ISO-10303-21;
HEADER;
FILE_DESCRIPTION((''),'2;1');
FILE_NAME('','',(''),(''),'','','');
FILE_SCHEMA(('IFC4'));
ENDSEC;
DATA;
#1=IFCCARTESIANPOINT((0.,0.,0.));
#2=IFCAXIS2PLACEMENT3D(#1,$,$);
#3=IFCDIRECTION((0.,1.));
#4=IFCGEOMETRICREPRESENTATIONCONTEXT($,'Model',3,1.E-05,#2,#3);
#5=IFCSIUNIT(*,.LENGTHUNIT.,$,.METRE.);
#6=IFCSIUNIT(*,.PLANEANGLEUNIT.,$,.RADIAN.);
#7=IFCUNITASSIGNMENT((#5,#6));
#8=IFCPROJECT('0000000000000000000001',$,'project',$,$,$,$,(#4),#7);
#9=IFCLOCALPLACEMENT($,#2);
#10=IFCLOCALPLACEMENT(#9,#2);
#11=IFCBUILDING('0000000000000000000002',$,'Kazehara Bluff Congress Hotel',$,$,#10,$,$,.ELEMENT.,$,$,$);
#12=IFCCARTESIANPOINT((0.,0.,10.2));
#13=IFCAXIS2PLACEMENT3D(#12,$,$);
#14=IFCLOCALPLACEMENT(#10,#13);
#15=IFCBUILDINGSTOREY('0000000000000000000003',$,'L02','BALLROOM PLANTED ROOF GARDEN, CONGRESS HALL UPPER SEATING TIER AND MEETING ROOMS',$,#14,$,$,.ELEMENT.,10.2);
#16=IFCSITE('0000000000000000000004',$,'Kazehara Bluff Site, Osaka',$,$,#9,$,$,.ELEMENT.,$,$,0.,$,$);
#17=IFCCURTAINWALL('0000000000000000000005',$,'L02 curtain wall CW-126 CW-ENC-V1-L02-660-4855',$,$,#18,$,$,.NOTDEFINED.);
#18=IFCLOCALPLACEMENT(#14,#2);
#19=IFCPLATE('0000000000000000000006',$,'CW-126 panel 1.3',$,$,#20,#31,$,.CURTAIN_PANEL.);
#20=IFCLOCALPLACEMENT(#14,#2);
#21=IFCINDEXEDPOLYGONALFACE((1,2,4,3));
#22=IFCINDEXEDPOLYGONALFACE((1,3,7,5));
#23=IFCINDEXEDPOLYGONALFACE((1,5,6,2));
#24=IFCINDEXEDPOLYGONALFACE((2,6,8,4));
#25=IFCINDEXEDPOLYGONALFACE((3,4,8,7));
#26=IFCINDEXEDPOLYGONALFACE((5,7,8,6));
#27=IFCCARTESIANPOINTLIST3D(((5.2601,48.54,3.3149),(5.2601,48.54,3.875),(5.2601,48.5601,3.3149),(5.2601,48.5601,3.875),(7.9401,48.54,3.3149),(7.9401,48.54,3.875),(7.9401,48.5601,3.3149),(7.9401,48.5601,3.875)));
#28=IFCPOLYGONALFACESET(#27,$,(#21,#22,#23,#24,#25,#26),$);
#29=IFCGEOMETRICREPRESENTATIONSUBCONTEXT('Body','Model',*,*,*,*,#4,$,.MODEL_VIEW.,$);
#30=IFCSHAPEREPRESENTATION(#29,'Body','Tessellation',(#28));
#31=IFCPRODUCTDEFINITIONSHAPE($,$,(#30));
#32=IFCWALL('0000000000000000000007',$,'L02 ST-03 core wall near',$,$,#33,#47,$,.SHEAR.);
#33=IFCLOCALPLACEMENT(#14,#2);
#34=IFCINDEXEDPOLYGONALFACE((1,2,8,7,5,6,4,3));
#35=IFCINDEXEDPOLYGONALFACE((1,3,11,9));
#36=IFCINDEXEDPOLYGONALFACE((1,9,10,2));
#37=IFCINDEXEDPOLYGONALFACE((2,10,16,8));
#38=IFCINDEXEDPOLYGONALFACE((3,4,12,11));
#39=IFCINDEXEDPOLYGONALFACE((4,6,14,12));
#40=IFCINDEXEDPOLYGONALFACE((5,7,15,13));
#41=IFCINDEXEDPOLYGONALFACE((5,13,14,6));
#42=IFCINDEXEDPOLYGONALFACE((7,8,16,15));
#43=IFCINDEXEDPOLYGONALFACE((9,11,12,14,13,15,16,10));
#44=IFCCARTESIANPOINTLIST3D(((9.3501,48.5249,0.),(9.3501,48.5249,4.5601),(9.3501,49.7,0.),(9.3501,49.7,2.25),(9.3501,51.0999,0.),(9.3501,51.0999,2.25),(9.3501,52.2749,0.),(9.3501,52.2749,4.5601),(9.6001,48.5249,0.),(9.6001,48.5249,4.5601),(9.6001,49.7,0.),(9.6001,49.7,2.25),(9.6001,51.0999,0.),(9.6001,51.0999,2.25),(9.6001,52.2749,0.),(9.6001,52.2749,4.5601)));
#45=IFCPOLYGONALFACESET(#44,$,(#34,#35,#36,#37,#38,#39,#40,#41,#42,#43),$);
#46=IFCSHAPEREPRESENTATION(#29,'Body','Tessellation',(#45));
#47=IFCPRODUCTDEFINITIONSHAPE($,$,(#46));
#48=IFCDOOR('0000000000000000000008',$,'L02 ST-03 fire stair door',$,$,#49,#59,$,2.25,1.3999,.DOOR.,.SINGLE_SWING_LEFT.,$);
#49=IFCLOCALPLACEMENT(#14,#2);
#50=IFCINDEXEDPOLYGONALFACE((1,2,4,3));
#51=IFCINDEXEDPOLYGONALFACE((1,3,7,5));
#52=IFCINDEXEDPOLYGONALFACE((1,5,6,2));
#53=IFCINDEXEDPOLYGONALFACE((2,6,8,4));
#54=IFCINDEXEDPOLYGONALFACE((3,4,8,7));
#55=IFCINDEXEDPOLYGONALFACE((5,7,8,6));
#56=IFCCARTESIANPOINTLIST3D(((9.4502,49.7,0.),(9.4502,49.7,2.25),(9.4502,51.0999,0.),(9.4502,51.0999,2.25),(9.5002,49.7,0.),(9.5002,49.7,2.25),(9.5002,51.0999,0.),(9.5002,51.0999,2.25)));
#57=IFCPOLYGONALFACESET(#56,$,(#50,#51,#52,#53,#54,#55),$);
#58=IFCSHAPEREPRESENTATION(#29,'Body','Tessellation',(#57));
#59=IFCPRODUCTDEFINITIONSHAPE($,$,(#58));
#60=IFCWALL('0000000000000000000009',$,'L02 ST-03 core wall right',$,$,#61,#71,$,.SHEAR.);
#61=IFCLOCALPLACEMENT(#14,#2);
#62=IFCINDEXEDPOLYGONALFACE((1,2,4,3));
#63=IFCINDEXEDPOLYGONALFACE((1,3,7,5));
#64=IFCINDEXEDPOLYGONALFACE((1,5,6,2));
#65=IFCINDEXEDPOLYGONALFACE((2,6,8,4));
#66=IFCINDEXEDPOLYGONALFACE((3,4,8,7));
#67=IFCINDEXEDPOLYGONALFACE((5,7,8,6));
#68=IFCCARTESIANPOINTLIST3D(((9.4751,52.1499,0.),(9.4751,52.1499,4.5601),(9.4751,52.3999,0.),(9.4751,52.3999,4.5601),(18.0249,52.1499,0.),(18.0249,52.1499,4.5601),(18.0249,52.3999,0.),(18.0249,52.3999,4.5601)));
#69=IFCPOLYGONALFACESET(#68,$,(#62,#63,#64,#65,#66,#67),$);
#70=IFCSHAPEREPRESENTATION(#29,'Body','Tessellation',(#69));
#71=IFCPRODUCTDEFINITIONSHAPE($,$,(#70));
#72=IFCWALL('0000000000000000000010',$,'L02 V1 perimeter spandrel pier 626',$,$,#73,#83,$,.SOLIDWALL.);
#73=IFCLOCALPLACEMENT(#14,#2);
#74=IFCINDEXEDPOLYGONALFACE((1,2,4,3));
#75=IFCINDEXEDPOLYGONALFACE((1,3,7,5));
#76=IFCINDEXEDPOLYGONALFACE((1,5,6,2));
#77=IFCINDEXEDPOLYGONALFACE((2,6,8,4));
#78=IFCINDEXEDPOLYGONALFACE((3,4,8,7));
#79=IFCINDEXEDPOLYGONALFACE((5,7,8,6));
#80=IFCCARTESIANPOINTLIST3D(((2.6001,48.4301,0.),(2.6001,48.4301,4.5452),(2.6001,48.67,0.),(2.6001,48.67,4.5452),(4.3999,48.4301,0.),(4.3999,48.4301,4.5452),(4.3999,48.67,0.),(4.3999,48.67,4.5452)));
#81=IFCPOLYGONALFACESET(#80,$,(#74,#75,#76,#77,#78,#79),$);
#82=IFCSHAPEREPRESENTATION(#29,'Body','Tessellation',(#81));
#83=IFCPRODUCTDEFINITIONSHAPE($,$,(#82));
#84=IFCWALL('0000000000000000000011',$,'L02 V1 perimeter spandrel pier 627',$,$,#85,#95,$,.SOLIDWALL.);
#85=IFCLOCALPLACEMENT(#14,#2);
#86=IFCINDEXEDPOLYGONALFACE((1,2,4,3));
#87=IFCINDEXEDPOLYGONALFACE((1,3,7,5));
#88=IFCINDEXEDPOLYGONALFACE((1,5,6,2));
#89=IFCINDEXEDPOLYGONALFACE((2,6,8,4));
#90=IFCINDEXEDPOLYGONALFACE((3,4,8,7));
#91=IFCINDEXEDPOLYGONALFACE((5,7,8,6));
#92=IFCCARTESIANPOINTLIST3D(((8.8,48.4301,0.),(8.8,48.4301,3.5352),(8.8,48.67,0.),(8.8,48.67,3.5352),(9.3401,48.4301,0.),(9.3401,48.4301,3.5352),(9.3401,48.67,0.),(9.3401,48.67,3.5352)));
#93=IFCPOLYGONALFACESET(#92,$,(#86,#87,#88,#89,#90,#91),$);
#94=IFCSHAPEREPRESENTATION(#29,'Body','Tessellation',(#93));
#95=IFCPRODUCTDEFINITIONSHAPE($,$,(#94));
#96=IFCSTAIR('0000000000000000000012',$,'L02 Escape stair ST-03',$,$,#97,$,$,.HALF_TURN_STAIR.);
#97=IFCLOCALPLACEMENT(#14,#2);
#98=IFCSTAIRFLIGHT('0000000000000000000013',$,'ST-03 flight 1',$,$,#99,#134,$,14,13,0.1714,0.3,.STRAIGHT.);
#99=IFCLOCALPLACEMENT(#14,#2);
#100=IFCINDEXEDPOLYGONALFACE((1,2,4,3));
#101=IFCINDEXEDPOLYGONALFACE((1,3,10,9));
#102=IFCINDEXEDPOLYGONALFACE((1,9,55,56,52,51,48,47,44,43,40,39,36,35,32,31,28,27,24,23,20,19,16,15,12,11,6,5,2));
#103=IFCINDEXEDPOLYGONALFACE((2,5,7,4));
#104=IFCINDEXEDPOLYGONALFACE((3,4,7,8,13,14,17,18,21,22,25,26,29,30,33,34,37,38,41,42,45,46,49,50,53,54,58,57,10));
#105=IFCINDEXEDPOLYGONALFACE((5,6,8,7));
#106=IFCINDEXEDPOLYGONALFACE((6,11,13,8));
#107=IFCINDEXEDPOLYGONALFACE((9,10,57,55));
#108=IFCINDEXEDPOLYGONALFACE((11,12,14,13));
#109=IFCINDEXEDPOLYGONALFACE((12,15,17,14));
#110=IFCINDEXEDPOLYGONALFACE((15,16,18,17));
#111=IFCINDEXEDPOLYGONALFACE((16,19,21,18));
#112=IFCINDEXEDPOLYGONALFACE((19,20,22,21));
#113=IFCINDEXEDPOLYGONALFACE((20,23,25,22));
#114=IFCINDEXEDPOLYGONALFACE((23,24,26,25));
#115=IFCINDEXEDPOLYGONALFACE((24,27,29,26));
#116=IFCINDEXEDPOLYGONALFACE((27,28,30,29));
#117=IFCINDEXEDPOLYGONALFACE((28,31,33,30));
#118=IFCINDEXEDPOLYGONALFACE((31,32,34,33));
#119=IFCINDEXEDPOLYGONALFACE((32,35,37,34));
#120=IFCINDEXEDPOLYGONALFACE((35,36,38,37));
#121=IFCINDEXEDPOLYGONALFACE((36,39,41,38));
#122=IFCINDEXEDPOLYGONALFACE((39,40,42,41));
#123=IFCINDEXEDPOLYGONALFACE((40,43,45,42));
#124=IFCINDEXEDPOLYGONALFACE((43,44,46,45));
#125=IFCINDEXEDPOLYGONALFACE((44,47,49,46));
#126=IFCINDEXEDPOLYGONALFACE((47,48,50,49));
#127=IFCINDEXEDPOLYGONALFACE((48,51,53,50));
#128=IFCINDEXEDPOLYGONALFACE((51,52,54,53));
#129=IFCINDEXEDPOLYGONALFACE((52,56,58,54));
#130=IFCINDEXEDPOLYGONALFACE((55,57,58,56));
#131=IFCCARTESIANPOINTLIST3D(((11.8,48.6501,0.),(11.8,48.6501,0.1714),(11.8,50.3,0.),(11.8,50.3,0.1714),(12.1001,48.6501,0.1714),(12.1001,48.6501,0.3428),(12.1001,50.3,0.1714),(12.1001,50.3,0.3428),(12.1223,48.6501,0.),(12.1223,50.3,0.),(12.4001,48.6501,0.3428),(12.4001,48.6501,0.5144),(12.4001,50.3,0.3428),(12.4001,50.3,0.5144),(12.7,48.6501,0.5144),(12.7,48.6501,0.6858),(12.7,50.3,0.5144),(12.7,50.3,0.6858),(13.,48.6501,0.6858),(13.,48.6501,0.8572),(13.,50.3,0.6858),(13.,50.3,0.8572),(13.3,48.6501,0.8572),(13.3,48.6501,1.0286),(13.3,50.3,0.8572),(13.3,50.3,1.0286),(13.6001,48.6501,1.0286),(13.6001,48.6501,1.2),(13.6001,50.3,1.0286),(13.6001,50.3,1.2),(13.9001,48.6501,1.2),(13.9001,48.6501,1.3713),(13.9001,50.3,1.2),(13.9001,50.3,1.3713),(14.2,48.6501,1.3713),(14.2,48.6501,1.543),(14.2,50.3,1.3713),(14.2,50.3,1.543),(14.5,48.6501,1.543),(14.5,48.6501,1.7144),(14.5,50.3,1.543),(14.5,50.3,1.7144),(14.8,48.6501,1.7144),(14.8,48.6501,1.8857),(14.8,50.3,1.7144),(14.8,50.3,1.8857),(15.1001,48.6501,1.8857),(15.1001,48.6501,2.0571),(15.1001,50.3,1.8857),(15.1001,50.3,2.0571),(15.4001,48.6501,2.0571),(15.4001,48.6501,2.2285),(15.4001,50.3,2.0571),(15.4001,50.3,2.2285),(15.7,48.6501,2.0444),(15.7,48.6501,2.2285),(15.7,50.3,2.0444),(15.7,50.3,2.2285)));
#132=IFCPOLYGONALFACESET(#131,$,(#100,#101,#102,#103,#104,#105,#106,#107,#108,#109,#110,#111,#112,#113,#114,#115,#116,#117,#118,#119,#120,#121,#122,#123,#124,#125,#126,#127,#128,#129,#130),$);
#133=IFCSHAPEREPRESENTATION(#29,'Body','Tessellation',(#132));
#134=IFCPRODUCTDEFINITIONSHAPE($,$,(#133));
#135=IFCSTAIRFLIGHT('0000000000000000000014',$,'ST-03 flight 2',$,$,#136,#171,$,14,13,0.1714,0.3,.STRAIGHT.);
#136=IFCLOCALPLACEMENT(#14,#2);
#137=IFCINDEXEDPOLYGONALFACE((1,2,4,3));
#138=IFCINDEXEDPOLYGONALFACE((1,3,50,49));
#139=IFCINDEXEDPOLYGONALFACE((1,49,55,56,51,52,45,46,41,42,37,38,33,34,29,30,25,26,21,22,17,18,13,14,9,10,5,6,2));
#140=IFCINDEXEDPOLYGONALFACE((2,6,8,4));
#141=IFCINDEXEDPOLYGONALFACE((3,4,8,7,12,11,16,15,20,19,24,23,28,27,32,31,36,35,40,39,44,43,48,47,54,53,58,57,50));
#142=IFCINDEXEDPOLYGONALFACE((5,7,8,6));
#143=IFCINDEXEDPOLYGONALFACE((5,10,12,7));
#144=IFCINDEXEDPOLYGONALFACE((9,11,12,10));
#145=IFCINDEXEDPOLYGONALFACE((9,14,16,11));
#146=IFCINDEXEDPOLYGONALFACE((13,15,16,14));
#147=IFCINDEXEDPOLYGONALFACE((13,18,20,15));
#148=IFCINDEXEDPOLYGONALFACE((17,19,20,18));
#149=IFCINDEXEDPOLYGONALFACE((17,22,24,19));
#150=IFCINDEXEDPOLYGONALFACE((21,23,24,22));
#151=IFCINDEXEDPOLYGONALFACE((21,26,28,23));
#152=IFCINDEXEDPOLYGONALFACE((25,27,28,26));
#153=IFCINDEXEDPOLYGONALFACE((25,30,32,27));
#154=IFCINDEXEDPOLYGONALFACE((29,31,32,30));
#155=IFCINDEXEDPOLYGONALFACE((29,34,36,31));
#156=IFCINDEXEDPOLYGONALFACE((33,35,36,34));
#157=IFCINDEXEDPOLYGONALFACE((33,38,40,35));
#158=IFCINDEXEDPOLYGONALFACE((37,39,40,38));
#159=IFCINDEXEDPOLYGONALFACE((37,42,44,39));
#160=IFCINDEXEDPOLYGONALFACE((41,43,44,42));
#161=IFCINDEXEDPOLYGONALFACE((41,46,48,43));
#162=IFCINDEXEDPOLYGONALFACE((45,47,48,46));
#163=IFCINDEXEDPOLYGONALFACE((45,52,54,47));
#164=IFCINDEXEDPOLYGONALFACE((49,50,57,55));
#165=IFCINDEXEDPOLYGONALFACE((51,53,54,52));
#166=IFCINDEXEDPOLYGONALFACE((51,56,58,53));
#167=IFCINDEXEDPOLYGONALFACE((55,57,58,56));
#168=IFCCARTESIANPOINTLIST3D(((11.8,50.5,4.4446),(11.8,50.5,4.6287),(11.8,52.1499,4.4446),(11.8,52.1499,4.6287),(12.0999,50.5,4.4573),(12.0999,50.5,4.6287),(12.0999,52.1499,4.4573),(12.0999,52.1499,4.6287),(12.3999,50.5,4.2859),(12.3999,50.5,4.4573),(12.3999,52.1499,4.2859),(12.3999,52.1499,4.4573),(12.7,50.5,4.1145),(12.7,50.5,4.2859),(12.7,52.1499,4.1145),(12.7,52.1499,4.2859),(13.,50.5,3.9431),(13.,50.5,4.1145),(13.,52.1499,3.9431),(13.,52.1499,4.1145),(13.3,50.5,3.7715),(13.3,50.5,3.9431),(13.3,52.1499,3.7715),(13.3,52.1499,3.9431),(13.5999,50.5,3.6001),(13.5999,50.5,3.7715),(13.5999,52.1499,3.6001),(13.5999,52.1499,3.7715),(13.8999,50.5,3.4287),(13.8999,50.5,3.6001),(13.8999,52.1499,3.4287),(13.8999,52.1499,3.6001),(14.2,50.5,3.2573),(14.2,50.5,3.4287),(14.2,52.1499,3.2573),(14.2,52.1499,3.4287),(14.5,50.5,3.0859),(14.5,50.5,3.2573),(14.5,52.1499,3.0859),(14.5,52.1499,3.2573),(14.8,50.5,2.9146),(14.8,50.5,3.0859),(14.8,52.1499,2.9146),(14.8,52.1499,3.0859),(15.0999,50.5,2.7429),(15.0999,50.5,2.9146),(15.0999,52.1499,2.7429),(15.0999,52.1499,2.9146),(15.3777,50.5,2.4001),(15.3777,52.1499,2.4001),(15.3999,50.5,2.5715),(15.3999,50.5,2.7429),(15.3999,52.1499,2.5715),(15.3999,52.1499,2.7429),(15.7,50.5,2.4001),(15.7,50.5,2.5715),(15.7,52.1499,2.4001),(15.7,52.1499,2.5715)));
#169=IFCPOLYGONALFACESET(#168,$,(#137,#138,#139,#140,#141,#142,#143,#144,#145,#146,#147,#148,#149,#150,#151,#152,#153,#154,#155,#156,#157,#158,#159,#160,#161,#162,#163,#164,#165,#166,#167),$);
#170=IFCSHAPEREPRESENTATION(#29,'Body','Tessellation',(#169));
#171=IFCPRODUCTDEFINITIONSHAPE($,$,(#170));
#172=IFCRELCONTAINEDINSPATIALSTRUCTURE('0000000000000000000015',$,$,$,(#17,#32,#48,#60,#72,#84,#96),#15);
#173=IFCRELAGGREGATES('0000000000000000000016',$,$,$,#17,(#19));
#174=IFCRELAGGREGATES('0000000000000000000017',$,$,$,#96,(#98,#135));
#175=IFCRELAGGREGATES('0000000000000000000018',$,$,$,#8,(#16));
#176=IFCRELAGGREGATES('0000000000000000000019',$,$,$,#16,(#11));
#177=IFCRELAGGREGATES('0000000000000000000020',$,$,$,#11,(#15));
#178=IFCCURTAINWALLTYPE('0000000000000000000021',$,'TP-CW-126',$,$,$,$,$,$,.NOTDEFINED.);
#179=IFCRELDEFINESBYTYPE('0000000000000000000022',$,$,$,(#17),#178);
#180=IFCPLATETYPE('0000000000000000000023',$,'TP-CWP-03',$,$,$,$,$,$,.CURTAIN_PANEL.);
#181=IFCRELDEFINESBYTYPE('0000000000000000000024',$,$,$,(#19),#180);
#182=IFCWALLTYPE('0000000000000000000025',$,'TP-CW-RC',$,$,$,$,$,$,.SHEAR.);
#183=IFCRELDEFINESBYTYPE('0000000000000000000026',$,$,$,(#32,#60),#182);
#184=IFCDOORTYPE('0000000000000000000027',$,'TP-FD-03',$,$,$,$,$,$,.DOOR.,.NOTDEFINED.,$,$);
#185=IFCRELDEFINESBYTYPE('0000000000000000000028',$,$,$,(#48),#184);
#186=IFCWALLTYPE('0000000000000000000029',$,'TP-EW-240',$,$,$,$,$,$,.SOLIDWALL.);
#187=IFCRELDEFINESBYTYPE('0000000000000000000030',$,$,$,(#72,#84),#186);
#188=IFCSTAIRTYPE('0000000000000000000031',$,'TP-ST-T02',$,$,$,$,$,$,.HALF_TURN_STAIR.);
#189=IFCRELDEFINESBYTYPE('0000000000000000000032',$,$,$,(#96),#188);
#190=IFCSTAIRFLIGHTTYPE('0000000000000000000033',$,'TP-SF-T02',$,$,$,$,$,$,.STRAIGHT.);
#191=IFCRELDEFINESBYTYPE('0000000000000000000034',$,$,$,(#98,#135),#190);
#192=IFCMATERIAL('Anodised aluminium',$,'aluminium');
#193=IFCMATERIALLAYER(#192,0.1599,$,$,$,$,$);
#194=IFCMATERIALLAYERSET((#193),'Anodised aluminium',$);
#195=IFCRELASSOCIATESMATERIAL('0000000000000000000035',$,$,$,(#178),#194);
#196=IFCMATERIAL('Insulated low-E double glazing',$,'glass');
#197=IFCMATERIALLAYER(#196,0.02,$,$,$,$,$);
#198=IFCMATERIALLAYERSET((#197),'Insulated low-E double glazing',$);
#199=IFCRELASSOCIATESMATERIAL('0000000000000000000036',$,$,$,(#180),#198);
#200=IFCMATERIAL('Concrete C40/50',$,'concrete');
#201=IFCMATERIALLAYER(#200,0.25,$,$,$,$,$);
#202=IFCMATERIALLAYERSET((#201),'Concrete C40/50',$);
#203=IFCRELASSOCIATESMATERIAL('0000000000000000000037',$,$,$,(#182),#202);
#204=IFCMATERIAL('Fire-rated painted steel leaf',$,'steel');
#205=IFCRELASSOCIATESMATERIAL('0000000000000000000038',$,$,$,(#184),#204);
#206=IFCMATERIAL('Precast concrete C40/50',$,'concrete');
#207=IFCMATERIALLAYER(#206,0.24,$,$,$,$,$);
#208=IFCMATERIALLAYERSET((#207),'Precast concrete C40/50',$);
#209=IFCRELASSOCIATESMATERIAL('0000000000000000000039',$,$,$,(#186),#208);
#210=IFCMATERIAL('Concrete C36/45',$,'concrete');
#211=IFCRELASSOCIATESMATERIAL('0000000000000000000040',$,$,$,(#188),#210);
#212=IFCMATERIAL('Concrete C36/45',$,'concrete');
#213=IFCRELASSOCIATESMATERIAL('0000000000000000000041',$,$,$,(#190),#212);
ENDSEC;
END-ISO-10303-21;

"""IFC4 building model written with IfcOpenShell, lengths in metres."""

from ifc_helpers import new_model, si_unit, direction, frame, frame_2d, origin, origin_2d, place, context, subcontext, project, spatial, polyline, rectangle, outline, extrude, material, layer, layer_set, type_object, element, fill, aggregate, save


model = new_model("IFC4")

# Units and contexts
model_context = context("Model", 3, precision=1e-05, world=origin(), true_north=direction((0.0, 1.0)))
body_context = subcontext(model_context, "Body", "Model", "MODEL_VIEW")
ifc_project = project(units=[si_unit("LENGTHUNIT", "METRE"), si_unit("PLANEANGLEUNIT", "RADIAN")], contexts=[model_context])

# Site, building, storey
site_placement = place(None, origin())
site = spatial("IfcSite", under=ifc_project, at=site_placement, Name="Kazehara Bluff Site, Osaka", CompositionType="ELEMENT", RefElevation=0.0)
building_placement = place(site_placement, origin())
building = spatial("IfcBuilding", under=site, at=building_placement, Name="Kazehara Bluff Congress Hotel", CompositionType="ELEMENT")
storey_placement = place(building_placement, frame((0.0, 0.0, 10.2)))
storey = spatial("IfcBuildingStorey", under=building, at=storey_placement, Name="L02", Description="BALLROOM PLANTED ROOF GARDEN, CONGRESS HALL UPPER SEATING TIER AND MEETING ROOMS", CompositionType="ELEMENT", Elevation=10.2)

# Curtain wall
ifc_material_1 = material(Name="Anodised aluminium", Category="aluminium")
ifc_layer_1 = layer(ifc_material_1, 0.1599)
ifc_layer_set_1 = layer_set([ifc_layer_1], Name="Anodised aluminium")
curtain_wall_type = type_object("IfcCurtainWallType", Name="TP-CW-126", PredefinedType="NOTDEFINED", material=ifc_layer_set_1)
curtain_wall_placement = place(storey_placement, origin())
curtain_wall = element("IfcCurtainWall", 1, at=curtain_wall_placement, inside=storey, type_object=curtain_wall_type, Name="L02 curtain wall CW-126 CW-ENC-V1-L02-660-4855", PredefinedType="NOTDEFINED")

# Plate
ifc_material_2 = material(Name="Insulated low-E double glazing", Category="glass")
ifc_layer_2 = layer(ifc_material_2, 0.02)
ifc_layer_set_2 = layer_set([ifc_layer_2], Name="Insulated low-E double glazing")
plate_type = type_object("IfcPlateType", Name="TP-CWP-03", PredefinedType="CURTAIN_PANEL", material=ifc_layer_set_2)
plate_1_placement = place(storey_placement, frame((6.6001, 48.55, 3.3149), z_axis=(0.0, 0.0, 1.0), x_axis=(-1.0, 0.0, 0.0)))
plate_1 = element("IfcPlate", 2, at=plate_1_placement, type_object=plate_type, Name="CW-126 panel 1.3", PredefinedType="CURTAIN_PANEL", context=body_context, shape_type="SweptSolid", body=[
    extrude(rectangle(XDim=2.6799, YDim=0.02, at=origin_2d()), origin(), (0.0, 0.0, 1.0), 0.5601),
])
aggregate(curtain_wall, [plate_1])

# Wall, opening, door
ifc_material_3 = material(Name="Concrete C40/50", Category="concrete")
ifc_layer_3 = layer(ifc_material_3, 0.25)
ifc_layer_set_3 = layer_set([ifc_layer_3], Name="Concrete C40/50")
wall_type_1 = type_object("IfcWallType", Name="TP-CW-RC", PredefinedType="SHEAR", material=ifc_layer_set_3)
wall_1_placement = place(storey_placement, frame((9.4751, 48.5249, 0.0), z_axis=(0.0, 0.0, 1.0), x_axis=(0.0, 1.0, 0.0)))
wall_1 = element("IfcWall", 3, at=wall_1_placement, inside=storey, type_object=wall_type_1, Name="L02 ST-03 core wall near", PredefinedType="SHEAR", context=body_context, shape_type="SweptSolid", body=[
    extrude(rectangle(XDim=3.75, YDim=0.25, at=frame_2d((1.875, 0.0))), origin(), (0.0, 0.0, 1.0), 4.5601),
])
opening_placement = place(wall_1_placement, frame((1.175, 0.0, 0.0)))
opening = element("IfcOpeningElement", 4, at=opening_placement, cuts=wall_1, PredefinedType="OPENING", context=body_context, shape_type="SweptSolid", body=[
    extrude(rectangle(XDim=1.3999, YDim=2.25, at=frame_2d((0.7, 1.125))), frame((0.0, 0.135, 0.0), z_axis=(0.0, -1.0, 0.0), x_axis=(1.0, 0.0, 0.0)), (0.0, 0.0, 1.0), 0.27),
])
ifc_material_4 = material(Name="Fire-rated painted steel leaf", Category="steel")
door_type = type_object("IfcDoorType", Name="TP-FD-03", OperationType="NOTDEFINED", PredefinedType="DOOR", material=ifc_material_4)
door_placement = place(opening_placement, origin())
door = element("IfcDoor", 5, at=door_placement, inside=storey, type_object=door_type, Name="L02 ST-03 fire stair door", OperationType="SINGLE_SWING_LEFT", OverallHeight=2.25, OverallWidth=1.3999, PredefinedType="DOOR", context=body_context, shape_type="SweptSolid", body=[
    extrude(rectangle(XDim=1.3999, YDim=2.25, at=frame_2d((0.7, 1.125))), frame((0.0, 0.0249, 0.0), z_axis=(0.0, -1.0, 0.0), x_axis=(1.0, 0.0, 0.0)), (0.0, 0.0, 1.0), 0.05),
])
fill(opening, door)

# Walls
wall_2_placement = place(storey_placement, frame((9.4751, 52.2749, 0.0), z_axis=(0.0, 0.0, 1.0), x_axis=(1.0, 0.0, 0.0)))
element("IfcWall", 6, at=wall_2_placement, inside=storey, type_object=wall_type_1, Name="L02 ST-03 core wall right", PredefinedType="SHEAR", context=body_context, shape_type="SweptSolid", body=[
    extrude(rectangle(XDim=8.5498, YDim=0.25, at=frame_2d((4.2749, 0.0))), origin(), (0.0, 0.0, 1.0), 4.5601),
])
ifc_material_5 = material(Name="Precast concrete C40/50", Category="concrete")
ifc_layer_4 = layer(ifc_material_5, 0.24)
ifc_layer_set_4 = layer_set([ifc_layer_4], Name="Precast concrete C40/50")
wall_type_2 = type_object("IfcWallType", Name="TP-EW-240", PredefinedType="SOLIDWALL", material=ifc_layer_set_4)
wall_3_placement = place(storey_placement, frame((4.3999, 48.55, 0.0), z_axis=(0.0, 0.0, 1.0), x_axis=(-1.0, 0.0, 0.0)))
element("IfcWall", 7, at=wall_3_placement, inside=storey, type_object=wall_type_2, Name="L02 V1 perimeter spandrel pier 626", PredefinedType="SOLIDWALL", context=body_context, shape_type="SweptSolid", body=[
    extrude(rectangle(XDim=1.7998, YDim=0.24, at=frame_2d((0.8999, 0.0))), origin(), (0.0, 0.0, 1.0), 4.5452),
])
wall_4_placement = place(storey_placement, frame((9.3401, 48.55, 0.0), z_axis=(0.0, 0.0, 1.0), x_axis=(-1.0, 0.0, 0.0)))
element("IfcWall", 8, at=wall_4_placement, inside=storey, type_object=wall_type_2, Name="L02 V1 perimeter spandrel pier 627", PredefinedType="SOLIDWALL", context=body_context, shape_type="SweptSolid", body=[
    extrude(rectangle(XDim=0.54, YDim=0.24, at=frame_2d((0.27, 0.0))), origin(), (0.0, 0.0, 1.0), 3.5352),
])

# Stair, stair flights
ifc_material_6 = material(Name="Concrete C36/45", Category="concrete")
stair_type = type_object("IfcStairType", Name="TP-ST-T02", PredefinedType="HALF_TURN_STAIR", material=ifc_material_6)
stair_placement = place(storey_placement, origin())
stair = element("IfcStair", 9, at=stair_placement, inside=storey, type_object=stair_type, Name="L02 Escape stair ST-03", PredefinedType="HALF_TURN_STAIR")
ifc_material_7 = material(Name="Concrete C36/45", Category="concrete")
stair_flight_type = type_object("IfcStairFlightType", Name="TP-SF-T02", PredefinedType="STRAIGHT", material=ifc_material_7)
stair_flight_1_placement = place(storey_placement, frame((11.8, 49.4751, 0.0), z_axis=(0.0, 0.0, 1.0), x_axis=(1.0, 0.0, 0.0)))
stair_flight_1 = element("IfcStairFlight", 10, at=stair_flight_1_placement, type_object=stair_flight_type, Name="ST-03 flight 1", NumberOfRisers=14, NumberOfTreads=13, PredefinedType="STRAIGHT", RiserHeight=0.1714, TreadLength=0.3, context=body_context, shape_type="SweptSolid", body=[
    extrude(outline(polyline([(0.0, 0.0), (0.0, 0.1714), (0.3, 0.1714), (0.3, 0.3428), (0.6001, 0.3428), (0.6001, 0.5144), (0.8999, 0.5144), (0.8999, 0.6858), (1.2, 0.6858), (1.2, 0.8572), (1.5, 0.8572), (1.5, 1.0286), (1.8, 1.0286), (1.8, 1.2), (2.1001, 1.2), (2.1001, 1.3713), (2.3999, 1.3713), (2.3999, 1.543), (2.7, 1.543), (2.7, 1.7144), (3.0, 1.7144), (3.0, 1.8857), (3.3, 1.8857), (3.3, 2.0571), (3.6001, 2.0571), (3.6001, 2.2285), (3.8999, 2.2285), (3.8999, 2.3999), (3.8999, 2.0444), (0.3223, 0.0), (0.0, 0.0)])), frame((0.0, 0.825, 0.0), z_axis=(0.0, -1.0, 0.0), x_axis=(1.0, 0.0, 0.0)), (0.0, 0.0, 1.0), 1.6499),
])
stair_flight_2_placement = place(storey_placement, frame((15.7, 51.325, 2.4001), z_axis=(0.0, 0.0, 1.0), x_axis=(-1.0, 0.0, 0.0)))
stair_flight_2 = element("IfcStairFlight", 11, at=stair_flight_2_placement, type_object=stair_flight_type, Name="ST-03 flight 2", NumberOfRisers=14, NumberOfTreads=13, PredefinedType="STRAIGHT", RiserHeight=0.1714, TreadLength=0.3, context=body_context, shape_type="SweptSolid", body=[
    extrude(outline(polyline([(0.0, 0.0), (0.0, 0.1714), (0.3, 0.1714), (0.3, 0.3428), (0.6001, 0.3428), (0.6001, 0.5144), (0.8999, 0.5144), (0.8999, 0.6858), (1.2, 0.6858), (1.2, 0.8572), (1.5, 0.8572), (1.5, 1.0286), (1.8, 1.0286), (1.8, 1.2), (2.1001, 1.2), (2.1001, 1.3713), (2.3999, 1.3713), (2.3999, 1.543), (2.7, 1.543), (2.7, 1.7144), (3.0, 1.7144), (3.0, 1.8857), (3.3, 1.8857), (3.3, 2.0571), (3.6001, 2.0571), (3.6001, 2.2285), (3.8999, 2.2285), (3.8999, 2.3999), (3.8999, 2.0444), (0.3223, 0.0), (0.0, 0.0)])), frame((0.0, 0.825, 0.0), z_axis=(0.0, -1.0, 0.0), x_axis=(1.0, 0.0, 0.0)), (0.0, 0.0, 1.0), 1.6499),
])
aggregate(stair, [stair_flight_1, stair_flight_2])

save(model, "model.ifc")
